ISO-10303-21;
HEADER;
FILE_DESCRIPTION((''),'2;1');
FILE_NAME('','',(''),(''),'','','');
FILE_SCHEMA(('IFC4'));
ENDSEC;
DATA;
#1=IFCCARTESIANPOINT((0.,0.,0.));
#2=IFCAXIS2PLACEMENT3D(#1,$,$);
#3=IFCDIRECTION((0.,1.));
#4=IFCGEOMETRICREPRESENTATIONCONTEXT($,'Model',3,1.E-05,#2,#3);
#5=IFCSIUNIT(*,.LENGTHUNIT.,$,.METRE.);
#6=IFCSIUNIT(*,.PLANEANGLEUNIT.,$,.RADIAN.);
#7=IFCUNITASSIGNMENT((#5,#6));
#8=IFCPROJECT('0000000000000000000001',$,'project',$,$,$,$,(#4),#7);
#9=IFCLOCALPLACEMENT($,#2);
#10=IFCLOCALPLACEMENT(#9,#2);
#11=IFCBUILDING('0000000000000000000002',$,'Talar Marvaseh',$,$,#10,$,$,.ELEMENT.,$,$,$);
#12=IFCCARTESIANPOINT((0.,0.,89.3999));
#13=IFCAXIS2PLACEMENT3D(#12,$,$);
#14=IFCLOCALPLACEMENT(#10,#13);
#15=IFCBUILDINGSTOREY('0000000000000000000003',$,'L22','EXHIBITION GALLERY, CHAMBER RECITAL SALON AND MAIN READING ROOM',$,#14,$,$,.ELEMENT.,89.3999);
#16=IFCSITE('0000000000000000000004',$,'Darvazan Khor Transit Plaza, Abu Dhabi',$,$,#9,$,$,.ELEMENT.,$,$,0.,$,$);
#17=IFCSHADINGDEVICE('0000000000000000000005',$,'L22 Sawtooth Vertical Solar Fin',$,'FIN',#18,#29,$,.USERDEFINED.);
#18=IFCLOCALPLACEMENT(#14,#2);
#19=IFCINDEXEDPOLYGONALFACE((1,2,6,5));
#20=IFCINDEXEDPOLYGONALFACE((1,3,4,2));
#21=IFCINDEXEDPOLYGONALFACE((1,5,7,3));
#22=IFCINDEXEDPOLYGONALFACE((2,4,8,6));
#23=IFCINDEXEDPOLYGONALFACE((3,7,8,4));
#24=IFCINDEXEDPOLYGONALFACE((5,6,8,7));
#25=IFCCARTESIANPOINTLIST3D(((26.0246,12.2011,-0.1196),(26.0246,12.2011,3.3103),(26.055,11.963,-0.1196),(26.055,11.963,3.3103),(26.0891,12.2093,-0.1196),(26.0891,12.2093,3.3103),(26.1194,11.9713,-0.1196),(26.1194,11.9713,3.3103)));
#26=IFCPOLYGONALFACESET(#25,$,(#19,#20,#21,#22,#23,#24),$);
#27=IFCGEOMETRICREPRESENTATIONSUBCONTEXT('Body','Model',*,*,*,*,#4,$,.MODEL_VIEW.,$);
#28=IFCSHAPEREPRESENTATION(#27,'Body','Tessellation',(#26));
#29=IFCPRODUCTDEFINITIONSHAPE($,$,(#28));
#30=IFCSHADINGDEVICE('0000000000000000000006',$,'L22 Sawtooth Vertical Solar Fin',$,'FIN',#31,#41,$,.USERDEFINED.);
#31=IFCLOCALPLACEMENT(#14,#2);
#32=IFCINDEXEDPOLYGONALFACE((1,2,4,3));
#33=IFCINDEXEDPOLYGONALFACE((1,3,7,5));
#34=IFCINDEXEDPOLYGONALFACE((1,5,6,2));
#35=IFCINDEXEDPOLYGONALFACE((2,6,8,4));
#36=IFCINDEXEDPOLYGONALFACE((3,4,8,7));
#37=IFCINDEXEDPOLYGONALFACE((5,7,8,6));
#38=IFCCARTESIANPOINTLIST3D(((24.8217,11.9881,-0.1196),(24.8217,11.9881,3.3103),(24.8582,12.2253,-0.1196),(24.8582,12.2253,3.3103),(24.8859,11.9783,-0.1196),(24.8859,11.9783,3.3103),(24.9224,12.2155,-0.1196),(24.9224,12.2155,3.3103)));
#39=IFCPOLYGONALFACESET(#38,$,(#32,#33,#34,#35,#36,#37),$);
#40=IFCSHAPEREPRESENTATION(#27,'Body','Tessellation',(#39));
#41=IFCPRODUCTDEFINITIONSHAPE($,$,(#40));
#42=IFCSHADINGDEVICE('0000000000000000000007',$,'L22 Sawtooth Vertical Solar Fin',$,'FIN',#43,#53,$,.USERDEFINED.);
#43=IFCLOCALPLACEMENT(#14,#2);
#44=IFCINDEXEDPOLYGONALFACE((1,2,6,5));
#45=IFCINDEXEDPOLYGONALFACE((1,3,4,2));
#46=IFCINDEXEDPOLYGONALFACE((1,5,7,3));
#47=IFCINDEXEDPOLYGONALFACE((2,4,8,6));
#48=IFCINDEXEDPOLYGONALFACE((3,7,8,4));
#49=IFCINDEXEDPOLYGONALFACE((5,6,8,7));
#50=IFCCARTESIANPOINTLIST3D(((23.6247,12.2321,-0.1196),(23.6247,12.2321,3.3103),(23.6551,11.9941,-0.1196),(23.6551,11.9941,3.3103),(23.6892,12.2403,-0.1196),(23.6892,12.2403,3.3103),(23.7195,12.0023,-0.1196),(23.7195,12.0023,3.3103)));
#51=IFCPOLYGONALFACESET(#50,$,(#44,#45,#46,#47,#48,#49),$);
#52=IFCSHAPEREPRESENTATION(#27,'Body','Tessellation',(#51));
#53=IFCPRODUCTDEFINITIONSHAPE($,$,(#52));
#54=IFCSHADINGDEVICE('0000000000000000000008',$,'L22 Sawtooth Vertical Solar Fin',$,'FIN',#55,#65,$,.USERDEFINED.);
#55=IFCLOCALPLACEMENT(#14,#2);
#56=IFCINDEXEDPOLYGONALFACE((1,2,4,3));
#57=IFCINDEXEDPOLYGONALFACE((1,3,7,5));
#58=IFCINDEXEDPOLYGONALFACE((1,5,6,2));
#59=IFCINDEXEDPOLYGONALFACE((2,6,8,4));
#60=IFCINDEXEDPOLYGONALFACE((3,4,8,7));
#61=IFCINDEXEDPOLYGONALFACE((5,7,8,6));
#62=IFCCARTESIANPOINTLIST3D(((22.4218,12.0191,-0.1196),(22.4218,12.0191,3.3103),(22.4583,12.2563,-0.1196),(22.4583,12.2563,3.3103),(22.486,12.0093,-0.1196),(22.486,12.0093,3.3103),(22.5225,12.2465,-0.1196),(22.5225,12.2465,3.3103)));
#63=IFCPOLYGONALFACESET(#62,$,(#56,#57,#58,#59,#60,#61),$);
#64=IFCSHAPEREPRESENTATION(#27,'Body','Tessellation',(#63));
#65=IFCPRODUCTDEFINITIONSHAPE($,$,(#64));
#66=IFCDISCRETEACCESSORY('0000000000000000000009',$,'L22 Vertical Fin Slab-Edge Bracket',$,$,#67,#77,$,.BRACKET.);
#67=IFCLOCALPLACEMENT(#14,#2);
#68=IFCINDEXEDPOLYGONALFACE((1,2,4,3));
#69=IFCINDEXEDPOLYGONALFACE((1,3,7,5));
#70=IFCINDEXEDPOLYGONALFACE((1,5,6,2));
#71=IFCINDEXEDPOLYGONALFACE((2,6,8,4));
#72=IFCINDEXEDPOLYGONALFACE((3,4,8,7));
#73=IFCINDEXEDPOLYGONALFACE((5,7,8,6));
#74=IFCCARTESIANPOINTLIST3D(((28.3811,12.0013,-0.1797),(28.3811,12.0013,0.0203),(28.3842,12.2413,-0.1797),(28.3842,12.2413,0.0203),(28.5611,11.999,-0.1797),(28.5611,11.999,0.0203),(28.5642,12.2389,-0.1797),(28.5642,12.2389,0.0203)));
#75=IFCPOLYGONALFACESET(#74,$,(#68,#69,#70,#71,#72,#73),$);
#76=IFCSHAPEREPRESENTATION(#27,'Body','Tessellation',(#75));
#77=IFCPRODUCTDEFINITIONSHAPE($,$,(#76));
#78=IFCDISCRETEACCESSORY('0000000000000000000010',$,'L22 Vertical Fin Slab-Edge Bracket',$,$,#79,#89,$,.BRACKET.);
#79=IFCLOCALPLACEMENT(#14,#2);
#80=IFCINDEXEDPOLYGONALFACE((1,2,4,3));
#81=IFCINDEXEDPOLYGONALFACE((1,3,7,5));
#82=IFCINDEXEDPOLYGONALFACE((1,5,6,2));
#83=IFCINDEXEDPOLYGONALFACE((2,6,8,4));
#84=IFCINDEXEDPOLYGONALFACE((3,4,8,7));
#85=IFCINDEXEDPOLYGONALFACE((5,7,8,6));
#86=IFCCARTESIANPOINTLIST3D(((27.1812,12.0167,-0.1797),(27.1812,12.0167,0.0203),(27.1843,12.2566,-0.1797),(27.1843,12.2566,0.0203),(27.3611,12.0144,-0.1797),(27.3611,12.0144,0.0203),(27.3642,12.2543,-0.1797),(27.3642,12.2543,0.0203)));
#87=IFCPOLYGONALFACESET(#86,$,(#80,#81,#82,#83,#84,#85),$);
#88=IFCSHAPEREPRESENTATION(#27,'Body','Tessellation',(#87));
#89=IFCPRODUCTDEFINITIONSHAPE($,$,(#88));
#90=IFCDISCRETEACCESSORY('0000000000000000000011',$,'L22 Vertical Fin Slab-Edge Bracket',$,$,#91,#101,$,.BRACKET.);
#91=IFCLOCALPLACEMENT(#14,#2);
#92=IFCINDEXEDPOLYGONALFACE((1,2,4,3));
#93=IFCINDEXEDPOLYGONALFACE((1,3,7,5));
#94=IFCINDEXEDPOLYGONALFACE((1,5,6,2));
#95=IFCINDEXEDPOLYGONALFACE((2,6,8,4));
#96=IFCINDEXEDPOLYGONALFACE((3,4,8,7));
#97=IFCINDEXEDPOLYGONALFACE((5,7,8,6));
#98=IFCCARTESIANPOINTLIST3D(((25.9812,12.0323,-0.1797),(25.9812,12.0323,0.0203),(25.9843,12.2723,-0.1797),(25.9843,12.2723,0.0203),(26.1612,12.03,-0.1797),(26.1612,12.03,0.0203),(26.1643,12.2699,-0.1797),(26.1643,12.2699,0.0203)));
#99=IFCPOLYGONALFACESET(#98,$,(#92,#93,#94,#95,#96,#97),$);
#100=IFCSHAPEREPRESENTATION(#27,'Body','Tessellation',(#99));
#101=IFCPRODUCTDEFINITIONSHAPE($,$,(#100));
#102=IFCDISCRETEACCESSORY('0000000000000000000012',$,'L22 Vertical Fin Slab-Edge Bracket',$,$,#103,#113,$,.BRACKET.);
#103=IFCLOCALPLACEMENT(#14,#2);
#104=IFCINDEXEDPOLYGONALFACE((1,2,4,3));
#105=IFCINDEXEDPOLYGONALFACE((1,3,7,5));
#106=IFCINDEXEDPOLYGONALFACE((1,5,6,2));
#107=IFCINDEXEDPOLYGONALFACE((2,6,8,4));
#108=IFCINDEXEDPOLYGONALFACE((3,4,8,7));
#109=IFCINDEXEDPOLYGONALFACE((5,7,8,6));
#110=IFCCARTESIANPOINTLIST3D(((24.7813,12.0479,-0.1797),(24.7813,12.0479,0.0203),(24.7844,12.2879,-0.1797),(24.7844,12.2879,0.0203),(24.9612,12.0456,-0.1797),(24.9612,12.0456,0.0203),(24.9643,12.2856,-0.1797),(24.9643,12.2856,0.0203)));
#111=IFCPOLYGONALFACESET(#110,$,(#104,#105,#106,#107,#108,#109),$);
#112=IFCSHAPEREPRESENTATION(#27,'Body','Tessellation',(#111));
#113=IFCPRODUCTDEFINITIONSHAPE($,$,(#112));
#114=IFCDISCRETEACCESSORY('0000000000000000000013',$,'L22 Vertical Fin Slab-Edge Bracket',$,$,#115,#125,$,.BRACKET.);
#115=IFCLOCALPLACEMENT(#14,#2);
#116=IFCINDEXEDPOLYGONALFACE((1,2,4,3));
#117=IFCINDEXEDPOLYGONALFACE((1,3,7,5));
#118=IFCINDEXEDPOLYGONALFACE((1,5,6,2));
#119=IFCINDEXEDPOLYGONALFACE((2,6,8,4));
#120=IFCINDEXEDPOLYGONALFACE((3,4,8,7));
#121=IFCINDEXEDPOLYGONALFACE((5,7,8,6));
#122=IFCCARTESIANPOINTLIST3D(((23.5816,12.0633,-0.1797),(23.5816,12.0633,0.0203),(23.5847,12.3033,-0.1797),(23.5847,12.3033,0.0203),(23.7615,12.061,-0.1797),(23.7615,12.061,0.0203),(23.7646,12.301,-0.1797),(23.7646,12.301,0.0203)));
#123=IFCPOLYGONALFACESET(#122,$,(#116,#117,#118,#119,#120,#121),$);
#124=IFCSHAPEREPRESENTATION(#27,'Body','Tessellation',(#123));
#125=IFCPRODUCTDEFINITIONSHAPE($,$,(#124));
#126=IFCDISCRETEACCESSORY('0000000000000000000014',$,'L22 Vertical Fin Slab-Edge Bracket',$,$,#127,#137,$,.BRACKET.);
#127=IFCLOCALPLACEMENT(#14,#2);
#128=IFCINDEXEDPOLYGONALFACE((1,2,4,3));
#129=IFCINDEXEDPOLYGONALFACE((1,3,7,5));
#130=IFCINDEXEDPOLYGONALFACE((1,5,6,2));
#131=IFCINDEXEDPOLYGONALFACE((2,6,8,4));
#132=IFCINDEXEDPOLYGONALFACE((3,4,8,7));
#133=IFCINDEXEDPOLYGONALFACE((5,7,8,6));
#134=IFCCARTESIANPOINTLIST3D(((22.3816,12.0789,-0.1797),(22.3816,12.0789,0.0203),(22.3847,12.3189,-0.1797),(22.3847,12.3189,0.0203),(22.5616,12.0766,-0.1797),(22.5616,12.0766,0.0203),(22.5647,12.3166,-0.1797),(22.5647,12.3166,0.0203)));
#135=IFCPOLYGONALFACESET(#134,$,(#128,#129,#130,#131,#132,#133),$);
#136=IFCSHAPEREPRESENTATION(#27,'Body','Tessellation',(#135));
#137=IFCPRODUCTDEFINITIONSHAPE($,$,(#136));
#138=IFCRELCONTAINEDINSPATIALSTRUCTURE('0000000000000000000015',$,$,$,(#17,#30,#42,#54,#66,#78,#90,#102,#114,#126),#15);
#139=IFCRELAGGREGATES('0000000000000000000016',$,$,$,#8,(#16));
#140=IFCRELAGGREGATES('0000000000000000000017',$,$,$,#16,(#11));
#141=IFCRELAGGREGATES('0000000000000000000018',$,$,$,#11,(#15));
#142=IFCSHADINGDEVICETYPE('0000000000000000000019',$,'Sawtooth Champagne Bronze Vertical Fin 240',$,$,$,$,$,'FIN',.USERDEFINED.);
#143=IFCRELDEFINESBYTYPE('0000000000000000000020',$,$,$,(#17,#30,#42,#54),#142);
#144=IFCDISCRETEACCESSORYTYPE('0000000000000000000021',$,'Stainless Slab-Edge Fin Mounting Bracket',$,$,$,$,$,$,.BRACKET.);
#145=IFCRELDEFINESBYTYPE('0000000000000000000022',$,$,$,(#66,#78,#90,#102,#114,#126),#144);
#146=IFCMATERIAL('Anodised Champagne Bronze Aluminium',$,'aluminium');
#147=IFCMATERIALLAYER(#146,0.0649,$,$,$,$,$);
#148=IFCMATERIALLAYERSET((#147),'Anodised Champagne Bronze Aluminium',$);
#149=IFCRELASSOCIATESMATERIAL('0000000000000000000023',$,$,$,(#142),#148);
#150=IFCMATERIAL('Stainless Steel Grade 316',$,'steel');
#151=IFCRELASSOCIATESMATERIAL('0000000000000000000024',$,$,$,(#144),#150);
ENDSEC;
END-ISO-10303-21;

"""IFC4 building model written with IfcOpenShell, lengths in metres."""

from ifc_helpers import new_model, si_unit, direction, frame, origin, origin_2d, place, context, subcontext, project, spatial, rectangle, extrude, source, transform, mapped, material, layer, layer_set, type_object, type_shapes, element, save


model = new_model("IFC4")

# Units and contexts
model_context = context("Model", 3, precision=1e-05, world=origin(), true_north=direction((0.0, 1.0)))
body_context = subcontext(model_context, "Body", "Model", "MODEL_VIEW")
ifc_project = project(units=[si_unit("LENGTHUNIT", "METRE"), si_unit("PLANEANGLEUNIT", "RADIAN")], contexts=[model_context])

# Site, building, storey
site_placement = place(None, origin())
site = spatial("IfcSite", under=ifc_project, at=site_placement, Name="Darvazan Khor Transit Plaza, Abu Dhabi", CompositionType="ELEMENT", RefElevation=0.0)
building_placement = place(site_placement, origin())
building = spatial("IfcBuilding", under=site, at=building_placement, Name="Talar Marvaseh", CompositionType="ELEMENT")
storey_placement = place(building_placement, frame((0.0, 0.0, 89.3999)))
storey = spatial("IfcBuildingStorey", under=building, at=storey_placement, Name="L22", Description="EXHIBITION GALLERY, CHAMBER RECITAL SALON AND MAIN READING ROOM", CompositionType="ELEMENT", Elevation=89.3999)

# Shading devices
ifc_material_1 = material(Name="Anodised Champagne Bronze Aluminium", Category="aluminium")
ifc_layer_1 = layer(ifc_material_1, 0.0649)
ifc_layer_set_1 = layer_set([ifc_layer_1], Name="Anodised Champagne Bronze Aluminium")
shading_device_type = type_object("IfcShadingDeviceType", Name="Sawtooth Champagne Bronze Vertical Fin 240", ElementType="FIN", PredefinedType="USERDEFINED", material=ifc_layer_set_1)
shared_shape_1 = source(origin(), body_context, "Body", "SweptSolid", [
    extrude(rectangle(XDim=0.24, YDim=0.0649, at=origin_2d()), origin(), (0.0, 0.0, 1.0), 3.4299),
])
type_shapes(shading_device_type, [shared_shape_1])
for number, where, z_axis, x_axis, name in (
    (1, (26.072, 12.0862, -0.1196), (0.0, 0.0, 1.0), (0.126372, -0.991983, 0.0), "L22 Sawtooth Vertical Solar Fin"),
    (2, (24.8721, 12.1018, -0.1196), (0.0, 0.0, 1.0), (-0.151951, -0.988388, 0.0), "L22 Sawtooth Vertical Solar Fin"),
    (3, (23.6721, 12.1172, -0.1196), (0.0, 0.0, 1.0), (0.126372, -0.991983, 0.0), "L22 Sawtooth Vertical Solar Fin"),
    (4, (22.4722, 12.1328, -0.1196), (0.0, 0.0, 1.0), (-0.151951, -0.988388, 0.0), "L22 Sawtooth Vertical Solar Fin"),
):
    element("IfcShadingDevice", number, at=place(storey_placement, frame(where, z_axis=z_axis, x_axis=x_axis)), inside=storey, type_object=shading_device_type, Name=name, ObjectType="FIN", PredefinedType="USERDEFINED", context=body_context, shape_type="MappedRepresentation", body=[
        mapped(shared_shape_1, transform((0.0, 0.0, 0.0), x_axis=(1.0, 0.0, 0.0), y_axis=(0.0, 1.0, 0.0), z_axis=(0.0, 0.0, 1.0), scale=1.0)),
    ])

# Discrete accessories
ifc_material_2 = material(Name="Stainless Steel Grade 316", Category="steel")
discrete_accessory_type = type_object("IfcDiscreteAccessoryType", Name="Stainless Slab-Edge Fin Mounting Bracket", PredefinedType="BRACKET", material=ifc_material_2)
shared_shape_2 = source(origin(), body_context, "Body", "SweptSolid", [
    extrude(rectangle(XDim=0.24, YDim=0.1799, at=origin_2d()), origin(), (0.0, 0.0, 1.0), 0.2),
])
type_shapes(discrete_accessory_type, [shared_shape_2])
for number, where, z_axis, x_axis, name in (
    (5, (28.4727, 12.1201, -0.1797), (0.0, 0.0, 1.0), (-0.012915, -0.999917, 0.0), "L22 Vertical Fin Slab-Edge Bracket"),
    (6, (27.2727, 12.1355, -0.1797), (0.0, 0.0, 1.0), (-0.012915, -0.999917, 0.0), "L22 Vertical Fin Slab-Edge Bracket"),
    (7, (26.0728, 12.1511, -0.1797), (0.0, 0.0, 1.0), (-0.012915, -0.999917, 0.0), "L22 Vertical Fin Slab-Edge Bracket"),
    (8, (24.8728, 12.1667, -0.1797), (0.0, 0.0, 1.0), (-0.012915, -0.999917, 0.0), "L22 Vertical Fin Slab-Edge Bracket"),
    (9, (23.6731, 12.1821, -0.1797), (0.0, 0.0, 1.0), (-0.012915, -0.999917, 0.0), "L22 Vertical Fin Slab-Edge Bracket"),
    (10, (22.4731, 12.1978, -0.1797), (0.0, 0.0, 1.0), (-0.012915, -0.999917, 0.0), "L22 Vertical Fin Slab-Edge Bracket"),
):
    element("IfcDiscreteAccessory", number, at=place(storey_placement, frame(where, z_axis=z_axis, x_axis=x_axis)), inside=storey, type_object=discrete_accessory_type, Name=name, PredefinedType="BRACKET", context=body_context, shape_type="MappedRepresentation", body=[
        mapped(shared_shape_2, transform((0.0, 0.0, 0.0), x_axis=(1.0, 0.0, 0.0), y_axis=(0.0, 1.0, 0.0), z_axis=(0.0, 0.0, 1.0), scale=1.0)),
    ])

save(model, "model.ifc")
